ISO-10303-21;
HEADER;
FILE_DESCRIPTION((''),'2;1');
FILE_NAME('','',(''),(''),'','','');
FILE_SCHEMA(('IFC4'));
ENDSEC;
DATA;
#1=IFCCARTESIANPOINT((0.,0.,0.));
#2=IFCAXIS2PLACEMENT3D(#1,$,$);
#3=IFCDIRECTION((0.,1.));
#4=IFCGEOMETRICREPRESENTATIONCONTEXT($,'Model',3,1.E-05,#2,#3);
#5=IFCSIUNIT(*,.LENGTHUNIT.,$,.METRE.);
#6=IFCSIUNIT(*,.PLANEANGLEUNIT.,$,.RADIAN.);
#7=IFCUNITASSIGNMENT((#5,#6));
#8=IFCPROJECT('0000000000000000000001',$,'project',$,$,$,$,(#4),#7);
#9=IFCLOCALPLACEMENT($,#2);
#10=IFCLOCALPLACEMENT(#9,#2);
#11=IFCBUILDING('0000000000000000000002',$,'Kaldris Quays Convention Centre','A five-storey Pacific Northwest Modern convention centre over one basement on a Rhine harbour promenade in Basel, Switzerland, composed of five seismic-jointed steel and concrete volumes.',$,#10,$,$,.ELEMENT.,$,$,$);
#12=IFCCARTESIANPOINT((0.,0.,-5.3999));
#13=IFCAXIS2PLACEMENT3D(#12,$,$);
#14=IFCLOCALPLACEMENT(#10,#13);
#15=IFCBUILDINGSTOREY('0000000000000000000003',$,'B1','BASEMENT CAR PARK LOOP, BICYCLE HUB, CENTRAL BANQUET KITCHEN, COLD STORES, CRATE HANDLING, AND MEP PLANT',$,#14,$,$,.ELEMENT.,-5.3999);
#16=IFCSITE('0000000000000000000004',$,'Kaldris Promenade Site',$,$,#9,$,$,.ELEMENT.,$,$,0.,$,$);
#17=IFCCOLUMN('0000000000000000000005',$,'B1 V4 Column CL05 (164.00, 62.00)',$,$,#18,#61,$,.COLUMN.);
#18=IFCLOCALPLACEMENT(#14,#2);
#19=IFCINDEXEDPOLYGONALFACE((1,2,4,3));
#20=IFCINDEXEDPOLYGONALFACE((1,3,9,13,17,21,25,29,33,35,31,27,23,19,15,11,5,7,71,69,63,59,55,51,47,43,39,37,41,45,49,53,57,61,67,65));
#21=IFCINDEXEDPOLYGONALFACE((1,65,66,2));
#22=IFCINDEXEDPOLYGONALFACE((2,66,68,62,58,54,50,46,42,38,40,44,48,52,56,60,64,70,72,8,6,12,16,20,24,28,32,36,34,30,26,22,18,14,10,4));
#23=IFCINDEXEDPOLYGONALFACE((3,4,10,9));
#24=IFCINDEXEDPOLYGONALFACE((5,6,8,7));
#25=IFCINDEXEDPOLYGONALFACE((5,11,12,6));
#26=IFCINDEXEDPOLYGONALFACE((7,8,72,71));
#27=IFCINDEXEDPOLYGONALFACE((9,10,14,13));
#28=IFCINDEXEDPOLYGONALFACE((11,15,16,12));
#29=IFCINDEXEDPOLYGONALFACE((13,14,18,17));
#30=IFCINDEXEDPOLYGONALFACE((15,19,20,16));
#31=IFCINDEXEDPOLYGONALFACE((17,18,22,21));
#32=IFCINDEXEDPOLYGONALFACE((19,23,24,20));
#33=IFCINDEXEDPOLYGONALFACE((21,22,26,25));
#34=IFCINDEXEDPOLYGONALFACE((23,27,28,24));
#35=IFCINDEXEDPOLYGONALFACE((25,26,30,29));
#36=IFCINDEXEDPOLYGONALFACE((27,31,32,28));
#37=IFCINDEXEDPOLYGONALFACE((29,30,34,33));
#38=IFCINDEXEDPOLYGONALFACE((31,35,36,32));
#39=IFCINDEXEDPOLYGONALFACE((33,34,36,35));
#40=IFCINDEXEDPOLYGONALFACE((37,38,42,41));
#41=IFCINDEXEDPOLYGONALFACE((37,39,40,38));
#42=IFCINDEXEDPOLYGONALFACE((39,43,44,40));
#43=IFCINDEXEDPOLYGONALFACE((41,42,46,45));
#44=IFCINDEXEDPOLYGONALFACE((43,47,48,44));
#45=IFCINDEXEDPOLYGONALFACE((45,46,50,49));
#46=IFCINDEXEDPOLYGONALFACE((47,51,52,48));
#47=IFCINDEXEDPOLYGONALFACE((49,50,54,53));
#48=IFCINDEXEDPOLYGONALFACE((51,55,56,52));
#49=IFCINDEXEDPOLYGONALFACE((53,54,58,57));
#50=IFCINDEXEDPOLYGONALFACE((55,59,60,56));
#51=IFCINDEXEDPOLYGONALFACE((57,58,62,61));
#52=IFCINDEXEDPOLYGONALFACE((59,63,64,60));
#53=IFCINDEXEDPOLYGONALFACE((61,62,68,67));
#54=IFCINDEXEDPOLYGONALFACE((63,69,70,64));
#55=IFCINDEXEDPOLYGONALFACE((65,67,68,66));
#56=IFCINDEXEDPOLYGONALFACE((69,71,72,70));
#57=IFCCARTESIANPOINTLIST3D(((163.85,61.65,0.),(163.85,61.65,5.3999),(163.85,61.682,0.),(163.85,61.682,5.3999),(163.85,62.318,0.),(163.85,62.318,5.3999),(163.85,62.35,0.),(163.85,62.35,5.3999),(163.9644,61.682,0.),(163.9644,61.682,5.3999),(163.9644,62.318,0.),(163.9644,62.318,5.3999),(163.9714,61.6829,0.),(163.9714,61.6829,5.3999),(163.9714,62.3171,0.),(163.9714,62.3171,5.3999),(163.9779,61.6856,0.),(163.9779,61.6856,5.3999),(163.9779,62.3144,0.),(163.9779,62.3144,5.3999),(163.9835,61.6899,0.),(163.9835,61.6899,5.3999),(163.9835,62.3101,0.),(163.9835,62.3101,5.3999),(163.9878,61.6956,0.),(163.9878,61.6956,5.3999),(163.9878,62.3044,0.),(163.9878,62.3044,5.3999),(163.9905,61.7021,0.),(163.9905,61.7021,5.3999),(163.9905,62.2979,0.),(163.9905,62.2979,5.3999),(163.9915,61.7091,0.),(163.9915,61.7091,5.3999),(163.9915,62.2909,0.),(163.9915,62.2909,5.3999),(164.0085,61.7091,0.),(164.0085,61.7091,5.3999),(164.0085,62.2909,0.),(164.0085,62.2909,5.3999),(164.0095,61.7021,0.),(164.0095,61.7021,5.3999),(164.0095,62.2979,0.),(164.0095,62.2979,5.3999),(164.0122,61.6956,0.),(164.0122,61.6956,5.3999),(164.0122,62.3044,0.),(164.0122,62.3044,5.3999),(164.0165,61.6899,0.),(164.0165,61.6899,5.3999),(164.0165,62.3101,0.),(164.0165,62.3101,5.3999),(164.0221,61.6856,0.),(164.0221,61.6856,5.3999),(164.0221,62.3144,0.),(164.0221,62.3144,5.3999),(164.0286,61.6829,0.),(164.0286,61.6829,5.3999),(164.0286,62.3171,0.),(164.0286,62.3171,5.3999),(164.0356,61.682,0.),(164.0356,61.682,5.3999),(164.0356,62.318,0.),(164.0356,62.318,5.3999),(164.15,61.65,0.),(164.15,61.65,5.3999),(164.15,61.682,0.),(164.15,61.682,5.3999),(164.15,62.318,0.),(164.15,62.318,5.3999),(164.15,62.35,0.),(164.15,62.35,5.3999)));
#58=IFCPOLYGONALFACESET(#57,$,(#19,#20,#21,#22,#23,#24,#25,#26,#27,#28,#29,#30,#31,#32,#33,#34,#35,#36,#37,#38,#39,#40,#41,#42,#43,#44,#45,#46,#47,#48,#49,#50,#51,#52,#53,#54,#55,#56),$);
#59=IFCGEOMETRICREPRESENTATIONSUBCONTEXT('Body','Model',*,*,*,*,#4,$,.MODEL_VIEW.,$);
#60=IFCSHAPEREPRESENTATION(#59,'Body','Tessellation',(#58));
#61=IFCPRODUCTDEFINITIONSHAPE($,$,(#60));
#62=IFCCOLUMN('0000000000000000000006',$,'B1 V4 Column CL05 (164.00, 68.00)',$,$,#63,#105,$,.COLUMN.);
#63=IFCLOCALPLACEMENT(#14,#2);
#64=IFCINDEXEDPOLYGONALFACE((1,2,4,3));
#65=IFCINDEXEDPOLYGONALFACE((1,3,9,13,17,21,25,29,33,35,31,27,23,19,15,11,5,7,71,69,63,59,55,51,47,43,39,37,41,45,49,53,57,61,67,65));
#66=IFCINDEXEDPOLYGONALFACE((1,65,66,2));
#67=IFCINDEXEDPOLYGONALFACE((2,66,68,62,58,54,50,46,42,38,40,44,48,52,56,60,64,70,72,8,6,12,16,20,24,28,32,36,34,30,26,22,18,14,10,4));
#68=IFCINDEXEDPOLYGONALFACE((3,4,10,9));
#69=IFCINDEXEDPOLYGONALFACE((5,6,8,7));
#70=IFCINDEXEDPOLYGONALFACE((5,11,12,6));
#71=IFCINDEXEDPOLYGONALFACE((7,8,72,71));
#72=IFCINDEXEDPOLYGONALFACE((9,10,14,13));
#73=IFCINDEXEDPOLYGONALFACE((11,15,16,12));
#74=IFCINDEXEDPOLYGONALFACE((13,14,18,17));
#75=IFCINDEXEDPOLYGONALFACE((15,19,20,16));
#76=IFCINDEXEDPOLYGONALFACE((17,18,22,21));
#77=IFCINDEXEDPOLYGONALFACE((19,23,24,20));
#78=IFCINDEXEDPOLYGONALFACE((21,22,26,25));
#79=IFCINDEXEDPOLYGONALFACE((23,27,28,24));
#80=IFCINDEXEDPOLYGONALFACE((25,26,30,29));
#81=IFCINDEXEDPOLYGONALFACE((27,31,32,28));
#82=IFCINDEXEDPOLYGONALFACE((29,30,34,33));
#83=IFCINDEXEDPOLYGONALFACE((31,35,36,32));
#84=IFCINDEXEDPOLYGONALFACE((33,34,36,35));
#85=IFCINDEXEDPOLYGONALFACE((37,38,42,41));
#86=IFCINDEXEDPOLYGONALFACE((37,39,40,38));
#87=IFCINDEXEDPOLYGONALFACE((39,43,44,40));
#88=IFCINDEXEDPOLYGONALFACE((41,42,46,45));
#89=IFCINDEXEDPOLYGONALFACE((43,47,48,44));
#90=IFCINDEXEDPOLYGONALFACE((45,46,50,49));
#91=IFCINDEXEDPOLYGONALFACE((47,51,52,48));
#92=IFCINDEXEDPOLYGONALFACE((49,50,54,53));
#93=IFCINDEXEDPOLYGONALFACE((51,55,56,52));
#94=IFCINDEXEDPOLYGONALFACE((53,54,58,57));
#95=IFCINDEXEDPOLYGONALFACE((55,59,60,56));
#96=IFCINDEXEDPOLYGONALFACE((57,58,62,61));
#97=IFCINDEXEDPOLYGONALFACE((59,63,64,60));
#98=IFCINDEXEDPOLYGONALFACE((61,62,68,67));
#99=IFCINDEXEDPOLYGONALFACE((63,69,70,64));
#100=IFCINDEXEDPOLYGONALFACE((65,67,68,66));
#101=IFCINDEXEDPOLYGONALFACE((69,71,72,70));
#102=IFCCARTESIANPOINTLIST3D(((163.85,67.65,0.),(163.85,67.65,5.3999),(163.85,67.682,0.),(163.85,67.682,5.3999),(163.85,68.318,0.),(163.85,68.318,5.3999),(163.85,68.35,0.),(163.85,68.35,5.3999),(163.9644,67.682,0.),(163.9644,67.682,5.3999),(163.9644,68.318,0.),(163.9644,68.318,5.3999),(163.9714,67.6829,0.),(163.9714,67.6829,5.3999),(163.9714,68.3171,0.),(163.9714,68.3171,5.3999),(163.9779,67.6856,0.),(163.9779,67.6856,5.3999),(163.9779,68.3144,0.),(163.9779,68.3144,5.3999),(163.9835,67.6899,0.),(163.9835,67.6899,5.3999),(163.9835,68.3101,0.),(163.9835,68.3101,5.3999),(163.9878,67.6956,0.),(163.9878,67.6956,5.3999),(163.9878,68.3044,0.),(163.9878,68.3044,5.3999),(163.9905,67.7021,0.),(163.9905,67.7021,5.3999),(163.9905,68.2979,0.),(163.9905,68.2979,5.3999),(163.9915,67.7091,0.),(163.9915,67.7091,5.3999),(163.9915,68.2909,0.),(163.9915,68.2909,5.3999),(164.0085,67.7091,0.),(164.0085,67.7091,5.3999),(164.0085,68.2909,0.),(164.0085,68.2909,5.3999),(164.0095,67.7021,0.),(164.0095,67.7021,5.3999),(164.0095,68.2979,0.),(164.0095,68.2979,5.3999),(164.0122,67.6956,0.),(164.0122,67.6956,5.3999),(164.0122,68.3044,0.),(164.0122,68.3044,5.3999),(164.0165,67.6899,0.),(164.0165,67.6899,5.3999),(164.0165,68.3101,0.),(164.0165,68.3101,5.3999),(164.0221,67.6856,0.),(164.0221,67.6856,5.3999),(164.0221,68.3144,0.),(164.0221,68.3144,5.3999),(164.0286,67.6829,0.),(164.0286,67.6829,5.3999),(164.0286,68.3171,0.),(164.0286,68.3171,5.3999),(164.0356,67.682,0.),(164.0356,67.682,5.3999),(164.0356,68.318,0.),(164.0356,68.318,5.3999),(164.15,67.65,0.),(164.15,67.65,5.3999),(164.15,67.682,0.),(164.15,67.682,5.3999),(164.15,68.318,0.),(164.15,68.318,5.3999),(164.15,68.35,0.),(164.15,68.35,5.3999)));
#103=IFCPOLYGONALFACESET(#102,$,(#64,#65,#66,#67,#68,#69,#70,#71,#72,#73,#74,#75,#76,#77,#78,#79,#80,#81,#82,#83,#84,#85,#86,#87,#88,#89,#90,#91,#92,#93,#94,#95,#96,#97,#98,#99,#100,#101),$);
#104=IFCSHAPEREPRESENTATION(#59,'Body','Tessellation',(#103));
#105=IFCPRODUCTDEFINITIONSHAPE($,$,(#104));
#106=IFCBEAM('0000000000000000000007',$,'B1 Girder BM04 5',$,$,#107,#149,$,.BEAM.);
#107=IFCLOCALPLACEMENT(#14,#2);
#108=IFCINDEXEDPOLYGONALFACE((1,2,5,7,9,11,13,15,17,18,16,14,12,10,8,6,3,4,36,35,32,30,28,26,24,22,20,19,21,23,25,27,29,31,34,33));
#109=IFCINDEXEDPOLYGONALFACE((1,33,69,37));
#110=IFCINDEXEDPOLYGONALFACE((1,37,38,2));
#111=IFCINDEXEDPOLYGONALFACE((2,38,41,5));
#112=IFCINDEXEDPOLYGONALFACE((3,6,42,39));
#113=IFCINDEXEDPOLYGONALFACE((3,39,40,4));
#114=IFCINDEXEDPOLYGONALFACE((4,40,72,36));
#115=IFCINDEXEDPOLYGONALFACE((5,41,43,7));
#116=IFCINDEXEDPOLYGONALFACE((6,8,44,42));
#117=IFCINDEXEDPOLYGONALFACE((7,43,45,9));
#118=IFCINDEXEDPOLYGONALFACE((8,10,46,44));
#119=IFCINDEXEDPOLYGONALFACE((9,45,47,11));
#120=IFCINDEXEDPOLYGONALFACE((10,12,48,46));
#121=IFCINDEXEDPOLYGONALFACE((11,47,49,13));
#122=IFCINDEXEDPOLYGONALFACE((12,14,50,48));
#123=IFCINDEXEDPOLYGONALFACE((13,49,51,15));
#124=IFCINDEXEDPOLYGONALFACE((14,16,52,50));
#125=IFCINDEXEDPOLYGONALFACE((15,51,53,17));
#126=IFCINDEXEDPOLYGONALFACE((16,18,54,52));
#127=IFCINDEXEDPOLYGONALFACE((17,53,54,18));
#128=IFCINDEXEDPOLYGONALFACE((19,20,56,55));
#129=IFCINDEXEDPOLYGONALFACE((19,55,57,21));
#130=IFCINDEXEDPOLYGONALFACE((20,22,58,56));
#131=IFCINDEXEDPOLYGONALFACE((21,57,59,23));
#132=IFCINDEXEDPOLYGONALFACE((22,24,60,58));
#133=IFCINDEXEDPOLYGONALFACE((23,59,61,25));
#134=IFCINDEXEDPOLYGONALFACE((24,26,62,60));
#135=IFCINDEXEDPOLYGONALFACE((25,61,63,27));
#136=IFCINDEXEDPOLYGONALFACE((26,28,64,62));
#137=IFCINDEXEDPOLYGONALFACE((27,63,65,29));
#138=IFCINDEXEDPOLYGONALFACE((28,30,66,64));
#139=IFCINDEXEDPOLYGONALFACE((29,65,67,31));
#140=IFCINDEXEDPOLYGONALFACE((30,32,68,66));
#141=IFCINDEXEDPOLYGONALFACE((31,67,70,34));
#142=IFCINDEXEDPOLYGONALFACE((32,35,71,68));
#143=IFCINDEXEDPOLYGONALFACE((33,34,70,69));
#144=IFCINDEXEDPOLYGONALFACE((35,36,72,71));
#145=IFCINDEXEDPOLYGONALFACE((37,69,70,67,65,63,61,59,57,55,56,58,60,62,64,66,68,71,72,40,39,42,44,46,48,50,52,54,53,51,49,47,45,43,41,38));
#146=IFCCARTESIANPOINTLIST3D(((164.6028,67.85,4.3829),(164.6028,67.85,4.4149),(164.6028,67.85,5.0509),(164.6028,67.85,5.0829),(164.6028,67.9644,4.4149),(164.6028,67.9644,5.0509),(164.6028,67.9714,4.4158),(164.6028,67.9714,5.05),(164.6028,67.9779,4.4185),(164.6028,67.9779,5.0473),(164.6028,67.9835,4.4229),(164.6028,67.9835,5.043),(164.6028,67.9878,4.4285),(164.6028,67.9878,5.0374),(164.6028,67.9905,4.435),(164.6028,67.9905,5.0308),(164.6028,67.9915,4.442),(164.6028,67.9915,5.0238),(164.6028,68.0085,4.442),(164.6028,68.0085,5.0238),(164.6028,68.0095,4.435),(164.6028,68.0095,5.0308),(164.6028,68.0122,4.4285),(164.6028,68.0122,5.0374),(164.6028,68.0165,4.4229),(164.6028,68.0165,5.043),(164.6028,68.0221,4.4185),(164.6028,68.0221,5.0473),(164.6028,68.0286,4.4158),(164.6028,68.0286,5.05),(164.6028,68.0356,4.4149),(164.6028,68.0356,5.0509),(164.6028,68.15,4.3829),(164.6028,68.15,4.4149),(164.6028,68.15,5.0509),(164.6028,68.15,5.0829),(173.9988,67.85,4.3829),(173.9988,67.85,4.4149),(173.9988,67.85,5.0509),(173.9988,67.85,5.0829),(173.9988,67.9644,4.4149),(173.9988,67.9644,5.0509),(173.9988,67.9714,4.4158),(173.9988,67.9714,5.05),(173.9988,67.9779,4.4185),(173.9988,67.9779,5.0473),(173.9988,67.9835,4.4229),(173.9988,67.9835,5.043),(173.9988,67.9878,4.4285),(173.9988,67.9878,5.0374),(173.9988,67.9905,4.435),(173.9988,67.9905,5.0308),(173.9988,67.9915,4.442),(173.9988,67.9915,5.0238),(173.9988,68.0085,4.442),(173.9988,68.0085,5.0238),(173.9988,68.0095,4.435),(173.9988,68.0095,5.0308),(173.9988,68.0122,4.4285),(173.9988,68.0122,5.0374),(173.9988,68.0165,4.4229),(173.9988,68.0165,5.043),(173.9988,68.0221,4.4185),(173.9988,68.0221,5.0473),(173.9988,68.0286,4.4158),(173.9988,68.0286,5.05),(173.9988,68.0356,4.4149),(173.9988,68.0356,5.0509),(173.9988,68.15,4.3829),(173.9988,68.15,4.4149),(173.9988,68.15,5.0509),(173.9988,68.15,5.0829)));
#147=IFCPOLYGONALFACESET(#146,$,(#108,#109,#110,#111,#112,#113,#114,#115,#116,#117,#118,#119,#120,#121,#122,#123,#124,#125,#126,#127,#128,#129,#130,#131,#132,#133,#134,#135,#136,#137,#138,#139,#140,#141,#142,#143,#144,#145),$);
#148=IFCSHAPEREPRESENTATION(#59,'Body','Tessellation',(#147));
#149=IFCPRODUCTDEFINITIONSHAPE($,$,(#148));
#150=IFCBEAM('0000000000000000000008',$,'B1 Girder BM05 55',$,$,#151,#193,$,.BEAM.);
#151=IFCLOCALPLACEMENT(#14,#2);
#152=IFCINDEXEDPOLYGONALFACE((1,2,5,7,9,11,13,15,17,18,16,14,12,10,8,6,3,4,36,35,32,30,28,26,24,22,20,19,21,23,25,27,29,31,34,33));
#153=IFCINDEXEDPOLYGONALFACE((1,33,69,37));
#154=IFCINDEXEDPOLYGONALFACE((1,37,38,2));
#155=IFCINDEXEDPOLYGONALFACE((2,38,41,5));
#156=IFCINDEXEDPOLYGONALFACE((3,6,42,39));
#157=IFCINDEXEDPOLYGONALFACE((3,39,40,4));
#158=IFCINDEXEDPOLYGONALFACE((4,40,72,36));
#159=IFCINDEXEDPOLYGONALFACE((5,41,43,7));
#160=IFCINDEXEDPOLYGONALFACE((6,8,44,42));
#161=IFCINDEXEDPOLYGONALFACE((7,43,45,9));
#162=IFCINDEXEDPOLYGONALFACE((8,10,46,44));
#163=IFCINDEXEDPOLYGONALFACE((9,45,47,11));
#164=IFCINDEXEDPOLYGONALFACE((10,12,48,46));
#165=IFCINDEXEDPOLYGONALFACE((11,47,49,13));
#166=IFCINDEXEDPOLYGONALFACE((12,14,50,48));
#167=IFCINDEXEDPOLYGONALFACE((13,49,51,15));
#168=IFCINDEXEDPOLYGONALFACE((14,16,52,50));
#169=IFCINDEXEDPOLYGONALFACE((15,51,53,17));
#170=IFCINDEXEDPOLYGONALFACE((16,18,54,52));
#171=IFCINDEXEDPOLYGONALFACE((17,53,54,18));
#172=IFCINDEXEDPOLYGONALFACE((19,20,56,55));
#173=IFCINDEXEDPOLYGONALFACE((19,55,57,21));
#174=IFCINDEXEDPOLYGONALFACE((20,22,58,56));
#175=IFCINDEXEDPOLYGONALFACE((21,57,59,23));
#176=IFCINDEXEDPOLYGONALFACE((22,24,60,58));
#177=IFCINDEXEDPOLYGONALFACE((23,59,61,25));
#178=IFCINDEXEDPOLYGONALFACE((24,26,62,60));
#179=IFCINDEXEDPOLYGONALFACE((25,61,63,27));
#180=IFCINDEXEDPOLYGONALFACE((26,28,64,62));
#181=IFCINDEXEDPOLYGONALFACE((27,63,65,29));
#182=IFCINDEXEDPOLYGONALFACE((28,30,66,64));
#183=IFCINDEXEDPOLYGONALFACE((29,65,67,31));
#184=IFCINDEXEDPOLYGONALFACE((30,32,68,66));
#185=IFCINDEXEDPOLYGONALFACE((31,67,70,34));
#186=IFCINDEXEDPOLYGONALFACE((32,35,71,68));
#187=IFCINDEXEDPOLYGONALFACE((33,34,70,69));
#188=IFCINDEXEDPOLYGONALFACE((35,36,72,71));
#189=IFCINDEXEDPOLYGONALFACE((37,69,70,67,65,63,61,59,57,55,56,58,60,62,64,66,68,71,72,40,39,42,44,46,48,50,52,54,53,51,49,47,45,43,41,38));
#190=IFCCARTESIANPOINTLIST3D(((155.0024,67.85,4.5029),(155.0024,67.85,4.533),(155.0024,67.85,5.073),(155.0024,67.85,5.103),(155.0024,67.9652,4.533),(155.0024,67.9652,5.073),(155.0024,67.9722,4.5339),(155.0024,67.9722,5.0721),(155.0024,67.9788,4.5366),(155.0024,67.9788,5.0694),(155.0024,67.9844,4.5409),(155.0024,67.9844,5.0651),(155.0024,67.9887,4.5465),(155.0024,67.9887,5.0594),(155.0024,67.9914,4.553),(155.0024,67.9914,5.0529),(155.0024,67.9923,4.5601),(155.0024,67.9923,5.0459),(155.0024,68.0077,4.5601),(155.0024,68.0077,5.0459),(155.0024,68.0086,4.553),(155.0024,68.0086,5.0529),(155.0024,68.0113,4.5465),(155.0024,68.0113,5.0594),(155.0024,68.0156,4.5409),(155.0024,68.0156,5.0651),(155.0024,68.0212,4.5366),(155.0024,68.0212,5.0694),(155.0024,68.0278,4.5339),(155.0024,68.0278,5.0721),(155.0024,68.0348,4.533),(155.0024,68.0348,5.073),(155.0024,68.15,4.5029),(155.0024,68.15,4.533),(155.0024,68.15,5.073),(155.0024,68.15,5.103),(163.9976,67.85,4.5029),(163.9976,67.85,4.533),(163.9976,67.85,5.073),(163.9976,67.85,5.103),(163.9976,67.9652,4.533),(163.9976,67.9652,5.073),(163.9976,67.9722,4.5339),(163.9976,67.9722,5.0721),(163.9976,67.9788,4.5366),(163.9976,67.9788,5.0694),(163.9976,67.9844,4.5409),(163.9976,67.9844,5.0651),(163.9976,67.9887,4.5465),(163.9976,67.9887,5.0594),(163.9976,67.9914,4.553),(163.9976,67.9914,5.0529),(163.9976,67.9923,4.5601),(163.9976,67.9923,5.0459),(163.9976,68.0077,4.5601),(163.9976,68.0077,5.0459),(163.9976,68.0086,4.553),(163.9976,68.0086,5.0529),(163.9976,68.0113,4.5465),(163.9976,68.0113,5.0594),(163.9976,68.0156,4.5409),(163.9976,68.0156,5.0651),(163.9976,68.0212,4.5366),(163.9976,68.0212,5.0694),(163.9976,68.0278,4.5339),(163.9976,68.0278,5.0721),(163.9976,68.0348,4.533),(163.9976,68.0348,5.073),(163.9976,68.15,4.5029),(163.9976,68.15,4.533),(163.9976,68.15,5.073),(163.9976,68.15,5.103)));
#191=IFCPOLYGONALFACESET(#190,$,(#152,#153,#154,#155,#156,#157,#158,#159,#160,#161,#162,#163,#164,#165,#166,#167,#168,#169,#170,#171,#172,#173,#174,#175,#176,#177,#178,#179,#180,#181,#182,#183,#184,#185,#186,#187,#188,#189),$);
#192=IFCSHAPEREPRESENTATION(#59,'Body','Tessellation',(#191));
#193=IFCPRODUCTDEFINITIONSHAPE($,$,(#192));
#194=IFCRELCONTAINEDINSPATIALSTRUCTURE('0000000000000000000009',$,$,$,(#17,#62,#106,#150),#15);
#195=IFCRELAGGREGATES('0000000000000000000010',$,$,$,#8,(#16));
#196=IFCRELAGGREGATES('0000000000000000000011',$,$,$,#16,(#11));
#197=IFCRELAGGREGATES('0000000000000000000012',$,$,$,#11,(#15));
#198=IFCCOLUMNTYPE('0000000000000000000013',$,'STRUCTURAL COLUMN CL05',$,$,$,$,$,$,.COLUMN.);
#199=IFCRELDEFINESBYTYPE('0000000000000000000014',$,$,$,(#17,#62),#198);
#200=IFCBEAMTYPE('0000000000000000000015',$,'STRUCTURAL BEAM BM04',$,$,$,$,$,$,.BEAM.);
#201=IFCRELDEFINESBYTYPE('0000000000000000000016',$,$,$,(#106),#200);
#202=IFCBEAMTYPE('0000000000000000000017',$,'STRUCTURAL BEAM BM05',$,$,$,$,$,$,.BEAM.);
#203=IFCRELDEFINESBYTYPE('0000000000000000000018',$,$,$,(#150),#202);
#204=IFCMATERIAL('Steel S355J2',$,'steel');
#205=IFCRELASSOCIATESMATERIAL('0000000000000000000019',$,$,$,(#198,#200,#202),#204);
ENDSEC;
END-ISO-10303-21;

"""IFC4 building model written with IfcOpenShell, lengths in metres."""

from ifc_helpers import new_model, si_unit, direction, frame, origin, origin_2d, place, context, subcontext, project, spatial, i_section, extrude, material, material_profile, profile_set, type_object, element, save


model = new_model("IFC4")

# Units and contexts
model_context = context("Model", 3, precision=1e-05, world=origin(), true_north=direction((0.0, 1.0)))
body_context = subcontext(model_context, "Body", "Model", "MODEL_VIEW")
ifc_project = project(units=[si_unit("LENGTHUNIT", "METRE"), si_unit("PLANEANGLEUNIT", "RADIAN")], contexts=[model_context])

# Site, building, storey
site_placement = place(None, origin())
site = spatial("IfcSite", under=ifc_project, at=site_placement, Name="Kaldris Promenade Site", CompositionType="ELEMENT", RefElevation=0.0)
building_placement = place(site_placement, origin())
building = spatial("IfcBuilding", under=site, at=building_placement, Name="Kaldris Quays Convention Centre", Description="A five-storey Pacific Northwest Modern convention centre over one basement on a Rhine harbour promenade in Basel, Switzerland, composed of five seismic-jointed steel and concrete volumes.", CompositionType="ELEMENT")
storey_placement = place(building_placement, frame((0.0, 0.0, -5.3999)))
storey = spatial("IfcBuildingStorey", under=building, at=storey_placement, Name="B1", Description="BASEMENT CAR PARK LOOP, BICYCLE HUB, CENTRAL BANQUET KITCHEN, COLD STORES, CRATE HANDLING, AND MEP PLANT", CompositionType="ELEMENT", Elevation=-5.3999)

# Columns
ifc_material_1 = material(Name="Steel S355J2", Category="steel")
ifc_material_profile_1 = material_profile(ifc_material_1, i_section(OverallWidth=0.3, OverallDepth=0.7, WebThickness=0.0171, FlangeThickness=0.032, FilletRadius=0.0271, at=origin_2d()), Name="HEB 700")
ifc_profile_set_1 = profile_set([ifc_material_profile_1], Name="Steel S355J2")
column_type_1 = type_object("IfcColumnType", Name="STRUCTURAL COLUMN CL05", PredefinedType="COLUMN", material=ifc_profile_set_1)
for number, where, z_axis, x_axis, name in (
    (1, (164.0, 62.0, 0.0), (0.0, 0.0, 1.0), (1.0, 0.0, 0.0), "B1 V4 Column CL05 (164.00, 62.00)"),
    (2, (164.0, 68.0, 0.0), (0.0, 0.0, 1.0), (1.0, 0.0, 0.0), "B1 V4 Column CL05 (164.00, 68.00)"),
):
    element("IfcColumn", number, at=place(storey_placement, frame(where, z_axis=z_axis, x_axis=x_axis)), inside=storey, type_object=column_type_1, Name=name, PredefinedType="COLUMN", context=body_context, shape_type="SweptSolid", body=[
        extrude(i_section(OverallWidth=0.3, OverallDepth=0.7, WebThickness=0.0171, FlangeThickness=0.032, FilletRadius=0.0271, at=origin_2d()), origin(), (0.0, 0.0, 1.0), 5.3999),
    ])

# Beams
ifc_material_profile_2 = material_profile(ifc_material_1, i_section(OverallWidth=0.3, OverallDepth=0.7, WebThickness=0.0171, FlangeThickness=0.032, FilletRadius=0.0271, at=origin_2d()), Name="HEB 700")
ifc_profile_set_2 = profile_set([ifc_material_profile_2], Name="Steel S355J2")
beam_type_1 = type_object("IfcBeamType", Name="STRUCTURAL BEAM BM04", PredefinedType="BEAM", material=ifc_profile_set_2)
beam_1_placement = place(storey_placement, frame((164.6028, 68.0, 4.7329), z_axis=(1.0, 0.0, 0.0), x_axis=(0.0, 1.0, 0.0)))
element("IfcBeam", 3, at=beam_1_placement, inside=storey, type_object=beam_type_1, Name="B1 Girder BM04 5", PredefinedType="BEAM", context=body_context, shape_type="SweptSolid", body=[
    extrude(i_section(OverallWidth=0.3, OverallDepth=0.7, WebThickness=0.0171, FlangeThickness=0.032, FilletRadius=0.0271, at=origin_2d()), origin(), (0.0, 0.0, 1.0), 9.396),
])
ifc_material_profile_3 = material_profile(ifc_material_1, i_section(OverallWidth=0.3, OverallDepth=0.6001, WebThickness=0.0154, FlangeThickness=0.03, FilletRadius=0.0271, at=origin_2d()), Name="HEB 600")
ifc_profile_set_3 = profile_set([ifc_material_profile_3], Name="Steel S355J2")
beam_type_2 = type_object("IfcBeamType", Name="STRUCTURAL BEAM BM05", PredefinedType="BEAM", material=ifc_profile_set_3)
beam_2_placement = place(storey_placement, frame((155.0024, 68.0, 4.803), z_axis=(1.0, 0.0, 0.0), x_axis=(0.0, 1.0, 0.0)))
element("IfcBeam", 4, at=beam_2_placement, inside=storey, type_object=beam_type_2, Name="B1 Girder BM05 55", PredefinedType="BEAM", context=body_context, shape_type="SweptSolid", body=[
    extrude(i_section(OverallWidth=0.3, OverallDepth=0.6001, WebThickness=0.0154, FlangeThickness=0.03, FilletRadius=0.0271, at=origin_2d()), origin(), (0.0, 0.0, 1.0), 8.9951),
])

save(model, "model.ifc")
